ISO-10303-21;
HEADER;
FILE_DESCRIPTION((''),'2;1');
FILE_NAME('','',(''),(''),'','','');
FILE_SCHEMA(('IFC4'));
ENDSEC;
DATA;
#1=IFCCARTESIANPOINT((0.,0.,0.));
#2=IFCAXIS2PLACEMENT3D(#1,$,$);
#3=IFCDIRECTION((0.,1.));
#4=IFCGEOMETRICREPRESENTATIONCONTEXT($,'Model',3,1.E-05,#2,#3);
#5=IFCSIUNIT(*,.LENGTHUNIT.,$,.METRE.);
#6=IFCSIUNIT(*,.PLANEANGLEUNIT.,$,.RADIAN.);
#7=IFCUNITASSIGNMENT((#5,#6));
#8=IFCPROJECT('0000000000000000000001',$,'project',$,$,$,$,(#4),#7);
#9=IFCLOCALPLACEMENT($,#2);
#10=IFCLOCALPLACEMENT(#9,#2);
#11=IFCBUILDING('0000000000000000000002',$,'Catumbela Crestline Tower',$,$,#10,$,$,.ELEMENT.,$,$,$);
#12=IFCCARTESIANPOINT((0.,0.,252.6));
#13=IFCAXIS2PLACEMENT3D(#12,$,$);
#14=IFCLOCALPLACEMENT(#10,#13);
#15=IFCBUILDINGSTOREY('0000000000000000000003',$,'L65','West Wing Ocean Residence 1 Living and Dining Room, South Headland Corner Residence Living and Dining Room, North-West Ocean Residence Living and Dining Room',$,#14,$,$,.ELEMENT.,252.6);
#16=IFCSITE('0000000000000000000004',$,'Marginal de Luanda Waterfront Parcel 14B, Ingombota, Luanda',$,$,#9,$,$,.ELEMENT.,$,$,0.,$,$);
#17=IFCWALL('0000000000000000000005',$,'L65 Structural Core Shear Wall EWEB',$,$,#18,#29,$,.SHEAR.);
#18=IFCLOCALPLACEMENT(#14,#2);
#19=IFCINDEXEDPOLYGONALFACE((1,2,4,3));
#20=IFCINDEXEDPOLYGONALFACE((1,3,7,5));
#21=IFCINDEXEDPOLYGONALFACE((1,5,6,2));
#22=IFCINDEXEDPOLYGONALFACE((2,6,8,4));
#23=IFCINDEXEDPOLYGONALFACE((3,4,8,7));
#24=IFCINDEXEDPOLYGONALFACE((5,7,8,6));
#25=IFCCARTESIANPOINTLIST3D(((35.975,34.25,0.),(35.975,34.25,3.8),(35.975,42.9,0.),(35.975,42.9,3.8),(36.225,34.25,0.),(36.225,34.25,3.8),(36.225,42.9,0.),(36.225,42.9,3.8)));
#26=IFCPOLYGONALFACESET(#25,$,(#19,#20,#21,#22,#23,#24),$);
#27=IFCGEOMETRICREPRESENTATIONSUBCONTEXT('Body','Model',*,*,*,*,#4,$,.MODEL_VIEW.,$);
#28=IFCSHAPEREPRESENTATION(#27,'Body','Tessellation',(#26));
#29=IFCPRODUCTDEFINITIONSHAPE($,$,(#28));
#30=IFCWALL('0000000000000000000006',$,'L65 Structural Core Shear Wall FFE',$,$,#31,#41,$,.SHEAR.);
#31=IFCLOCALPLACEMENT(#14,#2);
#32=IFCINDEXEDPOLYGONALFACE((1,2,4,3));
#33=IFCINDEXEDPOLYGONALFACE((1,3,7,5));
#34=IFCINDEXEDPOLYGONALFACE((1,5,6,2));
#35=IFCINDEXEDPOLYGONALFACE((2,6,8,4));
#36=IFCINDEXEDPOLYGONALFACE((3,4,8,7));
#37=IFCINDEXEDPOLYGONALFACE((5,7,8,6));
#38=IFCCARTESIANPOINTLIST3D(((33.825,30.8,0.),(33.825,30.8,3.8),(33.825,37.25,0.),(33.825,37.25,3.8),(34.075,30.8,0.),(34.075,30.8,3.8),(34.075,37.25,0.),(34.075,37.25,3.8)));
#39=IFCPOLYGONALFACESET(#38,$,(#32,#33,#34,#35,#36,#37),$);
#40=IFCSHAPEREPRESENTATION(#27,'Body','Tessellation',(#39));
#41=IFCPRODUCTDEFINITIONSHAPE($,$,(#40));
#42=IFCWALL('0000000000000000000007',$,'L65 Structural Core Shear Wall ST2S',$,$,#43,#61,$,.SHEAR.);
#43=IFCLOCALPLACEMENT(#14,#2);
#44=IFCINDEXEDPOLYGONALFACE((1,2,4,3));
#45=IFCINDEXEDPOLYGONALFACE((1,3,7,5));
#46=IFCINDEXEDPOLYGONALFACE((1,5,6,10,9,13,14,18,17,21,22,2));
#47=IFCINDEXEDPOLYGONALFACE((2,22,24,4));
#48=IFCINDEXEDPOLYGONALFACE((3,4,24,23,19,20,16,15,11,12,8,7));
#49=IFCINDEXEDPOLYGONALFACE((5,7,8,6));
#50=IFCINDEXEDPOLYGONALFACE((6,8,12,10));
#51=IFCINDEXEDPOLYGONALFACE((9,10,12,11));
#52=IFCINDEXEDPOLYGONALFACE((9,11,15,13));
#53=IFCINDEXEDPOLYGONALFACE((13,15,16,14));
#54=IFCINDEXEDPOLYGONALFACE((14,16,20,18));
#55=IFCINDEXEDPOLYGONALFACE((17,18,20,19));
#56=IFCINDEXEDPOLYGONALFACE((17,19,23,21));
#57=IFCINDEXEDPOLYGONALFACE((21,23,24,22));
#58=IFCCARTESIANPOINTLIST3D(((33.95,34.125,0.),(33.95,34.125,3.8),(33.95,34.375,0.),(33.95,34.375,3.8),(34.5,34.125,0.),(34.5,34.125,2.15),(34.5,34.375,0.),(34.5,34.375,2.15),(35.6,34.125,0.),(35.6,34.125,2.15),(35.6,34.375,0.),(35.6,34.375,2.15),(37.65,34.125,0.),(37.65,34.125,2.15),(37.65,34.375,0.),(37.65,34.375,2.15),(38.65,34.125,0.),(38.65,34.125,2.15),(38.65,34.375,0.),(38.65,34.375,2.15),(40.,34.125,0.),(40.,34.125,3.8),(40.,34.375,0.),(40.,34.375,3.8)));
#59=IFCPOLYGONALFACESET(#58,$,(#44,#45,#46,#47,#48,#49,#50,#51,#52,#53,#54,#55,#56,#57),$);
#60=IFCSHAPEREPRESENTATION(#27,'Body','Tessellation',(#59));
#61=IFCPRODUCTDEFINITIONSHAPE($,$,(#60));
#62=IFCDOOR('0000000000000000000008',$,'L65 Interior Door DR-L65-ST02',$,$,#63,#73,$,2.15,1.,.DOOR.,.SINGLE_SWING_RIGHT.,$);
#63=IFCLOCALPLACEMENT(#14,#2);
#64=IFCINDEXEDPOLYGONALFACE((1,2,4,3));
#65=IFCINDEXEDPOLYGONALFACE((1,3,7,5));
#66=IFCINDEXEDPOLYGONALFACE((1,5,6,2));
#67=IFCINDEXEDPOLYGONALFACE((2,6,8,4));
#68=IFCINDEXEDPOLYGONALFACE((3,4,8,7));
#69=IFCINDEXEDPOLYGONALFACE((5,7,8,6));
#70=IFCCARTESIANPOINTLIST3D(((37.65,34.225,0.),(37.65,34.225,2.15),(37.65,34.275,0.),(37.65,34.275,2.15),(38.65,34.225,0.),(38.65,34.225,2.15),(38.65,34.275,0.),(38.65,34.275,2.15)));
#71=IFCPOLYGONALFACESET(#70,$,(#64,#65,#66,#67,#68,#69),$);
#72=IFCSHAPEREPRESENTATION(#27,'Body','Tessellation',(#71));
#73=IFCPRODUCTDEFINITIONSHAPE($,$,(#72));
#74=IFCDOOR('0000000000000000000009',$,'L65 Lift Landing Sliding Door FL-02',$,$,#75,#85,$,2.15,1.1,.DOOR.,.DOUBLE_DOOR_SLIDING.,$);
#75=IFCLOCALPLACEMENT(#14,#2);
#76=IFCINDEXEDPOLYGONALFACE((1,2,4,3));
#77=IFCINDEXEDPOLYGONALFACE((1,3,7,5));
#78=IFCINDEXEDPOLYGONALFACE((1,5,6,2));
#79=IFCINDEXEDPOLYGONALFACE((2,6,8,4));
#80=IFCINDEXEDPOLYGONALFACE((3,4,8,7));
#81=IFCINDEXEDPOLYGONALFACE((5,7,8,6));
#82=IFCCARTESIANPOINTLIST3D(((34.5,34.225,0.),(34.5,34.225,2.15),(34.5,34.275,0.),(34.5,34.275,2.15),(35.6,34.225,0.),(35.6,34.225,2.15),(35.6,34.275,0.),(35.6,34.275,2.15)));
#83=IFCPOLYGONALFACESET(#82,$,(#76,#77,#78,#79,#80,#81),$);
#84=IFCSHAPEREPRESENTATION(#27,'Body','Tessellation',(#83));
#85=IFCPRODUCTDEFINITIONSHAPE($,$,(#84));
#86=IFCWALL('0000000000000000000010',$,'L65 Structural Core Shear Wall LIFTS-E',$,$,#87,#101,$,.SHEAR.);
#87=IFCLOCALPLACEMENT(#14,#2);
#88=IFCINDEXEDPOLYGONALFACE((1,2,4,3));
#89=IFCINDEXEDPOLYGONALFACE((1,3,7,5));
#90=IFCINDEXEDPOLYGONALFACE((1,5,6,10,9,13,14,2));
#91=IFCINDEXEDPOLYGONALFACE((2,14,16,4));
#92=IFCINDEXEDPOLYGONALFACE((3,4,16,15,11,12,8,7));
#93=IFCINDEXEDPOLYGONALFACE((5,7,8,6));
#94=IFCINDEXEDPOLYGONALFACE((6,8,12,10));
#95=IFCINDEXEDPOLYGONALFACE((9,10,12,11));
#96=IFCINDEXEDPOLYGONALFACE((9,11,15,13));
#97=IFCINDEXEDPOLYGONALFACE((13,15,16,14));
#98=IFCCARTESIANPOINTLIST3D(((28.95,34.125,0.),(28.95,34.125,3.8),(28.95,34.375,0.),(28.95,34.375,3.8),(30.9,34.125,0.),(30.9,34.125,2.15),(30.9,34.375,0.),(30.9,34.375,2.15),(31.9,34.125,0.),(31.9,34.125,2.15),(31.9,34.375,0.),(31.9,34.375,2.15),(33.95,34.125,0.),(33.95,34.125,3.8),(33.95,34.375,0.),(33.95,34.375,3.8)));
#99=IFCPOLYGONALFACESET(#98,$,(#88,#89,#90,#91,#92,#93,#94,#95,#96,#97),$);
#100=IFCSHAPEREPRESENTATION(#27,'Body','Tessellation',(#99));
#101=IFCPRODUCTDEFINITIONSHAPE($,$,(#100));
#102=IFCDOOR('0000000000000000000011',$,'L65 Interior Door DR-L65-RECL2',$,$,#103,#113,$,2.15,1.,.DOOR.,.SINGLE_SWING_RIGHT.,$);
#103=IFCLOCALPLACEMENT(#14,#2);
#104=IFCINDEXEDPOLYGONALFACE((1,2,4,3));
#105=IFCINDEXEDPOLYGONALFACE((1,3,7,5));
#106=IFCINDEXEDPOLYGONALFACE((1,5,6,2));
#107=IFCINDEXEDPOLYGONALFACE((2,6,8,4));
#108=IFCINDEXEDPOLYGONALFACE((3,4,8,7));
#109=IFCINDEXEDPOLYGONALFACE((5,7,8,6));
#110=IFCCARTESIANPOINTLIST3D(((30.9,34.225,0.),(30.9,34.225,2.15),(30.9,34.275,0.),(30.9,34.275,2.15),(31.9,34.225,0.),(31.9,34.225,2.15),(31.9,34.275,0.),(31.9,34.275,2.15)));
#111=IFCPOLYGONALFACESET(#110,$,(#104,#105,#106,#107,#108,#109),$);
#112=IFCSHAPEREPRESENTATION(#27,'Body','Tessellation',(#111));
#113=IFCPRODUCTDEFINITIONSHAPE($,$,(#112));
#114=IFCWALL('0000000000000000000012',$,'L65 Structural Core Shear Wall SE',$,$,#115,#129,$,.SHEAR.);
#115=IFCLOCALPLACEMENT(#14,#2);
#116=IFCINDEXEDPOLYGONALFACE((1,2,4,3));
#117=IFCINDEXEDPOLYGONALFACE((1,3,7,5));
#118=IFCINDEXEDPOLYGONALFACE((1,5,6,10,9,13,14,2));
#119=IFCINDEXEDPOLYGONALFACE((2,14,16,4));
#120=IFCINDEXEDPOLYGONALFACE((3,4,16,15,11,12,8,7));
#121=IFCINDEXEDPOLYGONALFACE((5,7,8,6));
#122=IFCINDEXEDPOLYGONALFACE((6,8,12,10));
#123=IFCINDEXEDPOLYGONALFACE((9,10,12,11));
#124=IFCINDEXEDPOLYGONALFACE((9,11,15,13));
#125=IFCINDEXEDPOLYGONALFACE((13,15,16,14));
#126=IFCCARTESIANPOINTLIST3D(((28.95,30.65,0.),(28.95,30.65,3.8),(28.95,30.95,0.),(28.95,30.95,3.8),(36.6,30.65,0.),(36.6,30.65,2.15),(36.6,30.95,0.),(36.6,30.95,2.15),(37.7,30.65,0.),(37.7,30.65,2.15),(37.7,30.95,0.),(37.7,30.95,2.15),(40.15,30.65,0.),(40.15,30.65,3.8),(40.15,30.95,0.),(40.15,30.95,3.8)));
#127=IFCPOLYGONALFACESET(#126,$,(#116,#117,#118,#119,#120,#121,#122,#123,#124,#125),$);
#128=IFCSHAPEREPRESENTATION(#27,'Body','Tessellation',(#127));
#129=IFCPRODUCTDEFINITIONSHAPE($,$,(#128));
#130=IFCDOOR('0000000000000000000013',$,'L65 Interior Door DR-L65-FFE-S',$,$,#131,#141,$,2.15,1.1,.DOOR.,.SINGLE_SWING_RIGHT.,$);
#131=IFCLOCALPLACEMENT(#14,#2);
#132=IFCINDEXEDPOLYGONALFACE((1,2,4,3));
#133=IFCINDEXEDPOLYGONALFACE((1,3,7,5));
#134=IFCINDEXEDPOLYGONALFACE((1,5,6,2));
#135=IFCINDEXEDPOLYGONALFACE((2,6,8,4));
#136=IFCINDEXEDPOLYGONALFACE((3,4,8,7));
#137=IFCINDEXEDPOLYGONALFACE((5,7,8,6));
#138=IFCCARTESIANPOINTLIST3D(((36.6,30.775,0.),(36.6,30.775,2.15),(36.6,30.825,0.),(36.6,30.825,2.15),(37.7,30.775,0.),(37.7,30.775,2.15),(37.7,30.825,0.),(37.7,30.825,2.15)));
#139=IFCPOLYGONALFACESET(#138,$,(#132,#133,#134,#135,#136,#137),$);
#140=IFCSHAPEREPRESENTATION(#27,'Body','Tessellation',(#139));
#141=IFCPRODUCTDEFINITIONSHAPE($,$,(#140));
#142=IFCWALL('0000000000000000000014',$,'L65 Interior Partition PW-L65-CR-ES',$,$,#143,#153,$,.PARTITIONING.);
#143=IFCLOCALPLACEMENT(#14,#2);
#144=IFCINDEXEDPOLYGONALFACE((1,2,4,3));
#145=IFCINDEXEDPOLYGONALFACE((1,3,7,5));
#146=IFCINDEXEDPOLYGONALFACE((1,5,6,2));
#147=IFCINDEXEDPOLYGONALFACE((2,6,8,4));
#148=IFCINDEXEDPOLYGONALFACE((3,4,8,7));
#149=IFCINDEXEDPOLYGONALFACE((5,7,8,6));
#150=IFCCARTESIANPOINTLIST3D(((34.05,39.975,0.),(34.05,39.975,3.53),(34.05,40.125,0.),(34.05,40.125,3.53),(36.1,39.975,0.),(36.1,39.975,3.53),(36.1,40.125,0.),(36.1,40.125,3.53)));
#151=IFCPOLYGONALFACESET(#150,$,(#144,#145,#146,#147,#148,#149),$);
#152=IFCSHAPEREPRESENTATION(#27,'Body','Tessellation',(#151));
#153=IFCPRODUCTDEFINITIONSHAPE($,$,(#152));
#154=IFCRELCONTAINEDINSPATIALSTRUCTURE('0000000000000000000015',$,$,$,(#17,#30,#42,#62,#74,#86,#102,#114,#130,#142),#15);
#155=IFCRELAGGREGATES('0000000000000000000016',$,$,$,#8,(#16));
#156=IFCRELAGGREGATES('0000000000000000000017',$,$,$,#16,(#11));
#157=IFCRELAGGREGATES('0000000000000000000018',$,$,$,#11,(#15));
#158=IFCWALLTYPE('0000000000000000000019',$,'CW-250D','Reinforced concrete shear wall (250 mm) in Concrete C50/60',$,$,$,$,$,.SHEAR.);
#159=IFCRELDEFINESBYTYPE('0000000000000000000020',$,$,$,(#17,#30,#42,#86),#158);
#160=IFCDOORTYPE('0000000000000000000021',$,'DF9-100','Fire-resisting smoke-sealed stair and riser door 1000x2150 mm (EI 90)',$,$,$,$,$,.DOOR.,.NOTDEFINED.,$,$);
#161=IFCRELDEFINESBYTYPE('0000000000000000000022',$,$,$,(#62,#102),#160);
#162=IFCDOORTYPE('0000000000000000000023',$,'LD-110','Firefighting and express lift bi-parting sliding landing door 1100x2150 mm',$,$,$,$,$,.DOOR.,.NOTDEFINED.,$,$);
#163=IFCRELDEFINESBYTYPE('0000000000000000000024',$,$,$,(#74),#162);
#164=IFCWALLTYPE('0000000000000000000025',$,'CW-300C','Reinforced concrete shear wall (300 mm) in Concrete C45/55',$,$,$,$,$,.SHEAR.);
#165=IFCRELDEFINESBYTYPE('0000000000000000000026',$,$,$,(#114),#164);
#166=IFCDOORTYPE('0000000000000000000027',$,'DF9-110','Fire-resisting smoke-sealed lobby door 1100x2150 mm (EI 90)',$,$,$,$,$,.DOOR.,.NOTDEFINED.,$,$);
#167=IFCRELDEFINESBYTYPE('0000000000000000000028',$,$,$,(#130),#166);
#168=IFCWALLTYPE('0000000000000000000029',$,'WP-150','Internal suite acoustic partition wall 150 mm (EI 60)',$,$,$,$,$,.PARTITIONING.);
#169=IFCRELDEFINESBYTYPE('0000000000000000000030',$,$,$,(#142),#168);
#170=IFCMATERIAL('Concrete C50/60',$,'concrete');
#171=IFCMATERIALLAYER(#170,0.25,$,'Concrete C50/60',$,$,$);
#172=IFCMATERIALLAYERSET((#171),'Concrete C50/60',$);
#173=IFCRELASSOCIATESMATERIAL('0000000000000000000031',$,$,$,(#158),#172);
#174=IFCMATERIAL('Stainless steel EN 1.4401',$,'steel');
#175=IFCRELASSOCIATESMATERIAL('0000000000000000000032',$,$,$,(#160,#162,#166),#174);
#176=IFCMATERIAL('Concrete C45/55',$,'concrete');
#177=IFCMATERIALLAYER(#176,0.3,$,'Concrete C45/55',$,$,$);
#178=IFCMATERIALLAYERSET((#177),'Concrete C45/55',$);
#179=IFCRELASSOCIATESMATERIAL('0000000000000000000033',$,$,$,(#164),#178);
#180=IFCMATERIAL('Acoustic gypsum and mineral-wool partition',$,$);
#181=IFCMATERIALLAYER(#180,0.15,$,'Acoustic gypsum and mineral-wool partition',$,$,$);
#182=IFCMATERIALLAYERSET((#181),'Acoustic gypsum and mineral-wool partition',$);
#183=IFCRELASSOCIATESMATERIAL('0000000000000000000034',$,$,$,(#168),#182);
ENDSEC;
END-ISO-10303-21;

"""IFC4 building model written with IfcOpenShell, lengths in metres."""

from ifc_helpers import new_model, si_unit, direction, frame, frame_2d, origin, place, context, subcontext, project, spatial, rectangle, extrude, material, layer, layer_set, type_object, element, fill, save


model = new_model("IFC4")

# Units and contexts
model_context = context("Model", 3, precision=1e-05, world=origin(), true_north=direction((0.0, 1.0)))
body_context = subcontext(model_context, "Body", "Model", "MODEL_VIEW")
ifc_project = project(units=[si_unit("LENGTHUNIT", "METRE"), si_unit("PLANEANGLEUNIT", "RADIAN")], contexts=[model_context])

# Site, building, storey
site_placement = place(None, origin())
site = spatial("IfcSite", under=ifc_project, at=site_placement, Name="Marginal de Luanda Waterfront Parcel 14B, Ingombota, Luanda", CompositionType="ELEMENT", RefElevation=0.0)
building_placement = place(site_placement, origin())
building = spatial("IfcBuilding", under=site, at=building_placement, Name="Catumbela Crestline Tower", CompositionType="ELEMENT")
storey_placement = place(building_placement, frame((0.0, 0.0, 252.6)))
storey = spatial("IfcBuildingStorey", under=building, at=storey_placement, Name="L65", Description="West Wing Ocean Residence 1 Living and Dining Room, South Headland Corner Residence Living and Dining Room, North-West Ocean Residence Living and Dining Room", CompositionType="ELEMENT", Elevation=252.6)

# Walls
ifc_material_1 = material(Name="Concrete C50/60", Category="concrete")
ifc_layer_1 = layer(ifc_material_1, 0.25, Name="Concrete C50/60")
ifc_layer_set_1 = layer_set([ifc_layer_1], Name="Concrete C50/60")
wall_type_1 = type_object("IfcWallType", Name="CW-250D", Description="Reinforced concrete shear wall (250 mm) in Concrete C50/60", PredefinedType="SHEAR", material=ifc_layer_set_1)
wall_1_placement = place(storey_placement, frame((36.1, 34.25, 0.0), z_axis=(0.0, 0.0, 1.0), x_axis=(0.0, 1.0, 0.0)))
element("IfcWall", 1, at=wall_1_placement, inside=storey, type_object=wall_type_1, Name="L65 Structural Core Shear Wall EWEB", PredefinedType="SHEAR", context=body_context, shape_type="SweptSolid", body=[
    extrude(rectangle(XDim=8.65, YDim=0.25, at=frame_2d((4.325, 0.0))), origin(), (0.0, 0.0, 1.0), 3.8),
])
wall_2_placement = place(storey_placement, frame((33.95, 30.8, 0.0), z_axis=(0.0, 0.0, 1.0), x_axis=(0.0, 1.0, 0.0)))
element("IfcWall", 2, at=wall_2_placement, inside=storey, type_object=wall_type_1, Name="L65 Structural Core Shear Wall FFE", PredefinedType="SHEAR", context=body_context, shape_type="SweptSolid", body=[
    extrude(rectangle(XDim=6.45, YDim=0.25, at=frame_2d((3.225, 0.0))), origin(), (0.0, 0.0, 1.0), 3.8),
])

# Wall, openings, doors
wall_3_placement = place(storey_placement, frame((33.95, 34.25, 0.0), z_axis=(0.0, 0.0, 1.0), x_axis=(1.0, 0.0, 0.0)))
wall_3 = element("IfcWall", 3, at=wall_3_placement, inside=storey, type_object=wall_type_1, Name="L65 Structural Core Shear Wall ST2S", PredefinedType="SHEAR", context=body_context, shape_type="SweptSolid", body=[
    extrude(rectangle(XDim=6.05, YDim=0.25, at=frame_2d((3.025, 0.0))), origin(), (0.0, 0.0, 1.0), 3.8),
])
opening_1_placement = place(wall_3_placement, frame((3.7, 0.0, 0.0)))
opening_1 = element("IfcOpeningElement", 4, at=opening_1_placement, cuts=wall_3, PredefinedType="OPENING", context=body_context, shape_type="SweptSolid", body=[
    extrude(rectangle(XDim=1.0, YDim=2.15, at=frame_2d((0.5, 1.075))), frame((0.0, 0.135, 0.0), z_axis=(0.0, -1.0, 0.0), x_axis=(1.0, 0.0, 0.0)), (0.0, 0.0, 1.0), 0.27),
])
opening_2_placement = place(wall_3_placement, frame((0.55, 0.0, 0.0)))
opening_2 = element("IfcOpeningElement", 5, at=opening_2_placement, cuts=wall_3, PredefinedType="OPENING", context=body_context, shape_type="SweptSolid", body=[
    extrude(rectangle(XDim=1.1, YDim=2.15, at=frame_2d((0.55, 1.075))), frame((0.0, 0.135, 0.0), z_axis=(0.0, -1.0, 0.0), x_axis=(1.0, 0.0, 0.0)), (0.0, 0.0, 1.0), 0.27),
])
ifc_material_2 = material(Name="Stainless steel EN 1.4401", Category="steel")
door_type_1 = type_object("IfcDoorType", Name="DF9-100", Description="Fire-resisting smoke-sealed stair and riser door 1000x2150 mm (EI 90)", OperationType="NOTDEFINED", PredefinedType="DOOR", material=ifc_material_2)
door_1_placement = place(opening_1_placement, origin())
door_1 = element("IfcDoor", 6, at=door_1_placement, inside=storey, type_object=door_type_1, Name="L65 Interior Door DR-L65-ST02", OperationType="SINGLE_SWING_RIGHT", OverallHeight=2.15, OverallWidth=1.0, PredefinedType="DOOR", context=body_context, shape_type="SweptSolid", body=[
    extrude(rectangle(XDim=1.0, YDim=2.15, at=frame_2d((0.5, 1.075))), frame((0.0, 0.025, 0.0), z_axis=(0.0, -1.0, 0.0), x_axis=(1.0, 0.0, 0.0)), (0.0, 0.0, 1.0), 0.05),
])
fill(opening_1, door_1)
door_type_2 = type_object("IfcDoorType", Name="LD-110", Description="Firefighting and express lift bi-parting sliding landing door 1100x2150 mm", OperationType="NOTDEFINED", PredefinedType="DOOR", material=ifc_material_2)
door_2_placement = place(opening_2_placement, origin())
door_2 = element("IfcDoor", 7, at=door_2_placement, inside=storey, type_object=door_type_2, Name="L65 Lift Landing Sliding Door FL-02", OperationType="DOUBLE_DOOR_SLIDING", OverallHeight=2.15, OverallWidth=1.1, PredefinedType="DOOR", context=body_context, shape_type="SweptSolid", body=[
    extrude(rectangle(XDim=1.1, YDim=2.15, at=frame_2d((0.55, 1.075))), frame((0.0, 0.025, 0.0), z_axis=(0.0, -1.0, 0.0), x_axis=(1.0, 0.0, 0.0)), (0.0, 0.0, 1.0), 0.05),
])
fill(opening_2, door_2)

# Walls, openings, doors
wall_4_placement = place(storey_placement, frame((28.95, 34.25, 0.0), z_axis=(0.0, 0.0, 1.0), x_axis=(1.0, 0.0, 0.0)))
wall_4 = element("IfcWall", 8, at=wall_4_placement, inside=storey, type_object=wall_type_1, Name="L65 Structural Core Shear Wall LIFTS-E", PredefinedType="SHEAR", context=body_context, shape_type="SweptSolid", body=[
    extrude(rectangle(XDim=5.0, YDim=0.25, at=frame_2d((2.5, 0.0))), origin(), (0.0, 0.0, 1.0), 3.8),
])
opening_3_placement = place(wall_4_placement, frame((1.95, 0.0, 0.0)))
opening_3 = element("IfcOpeningElement", 9, at=opening_3_placement, cuts=wall_4, PredefinedType="OPENING", context=body_context, shape_type="SweptSolid", body=[
    extrude(rectangle(XDim=1.0, YDim=2.15, at=frame_2d((0.5, 1.075))), frame((0.0, 0.135, 0.0), z_axis=(0.0, -1.0, 0.0), x_axis=(1.0, 0.0, 0.0)), (0.0, 0.0, 1.0), 0.27),
])
door_3_placement = place(opening_3_placement, origin())
door_3 = element("IfcDoor", 10, at=door_3_placement, inside=storey, type_object=door_type_1, Name="L65 Interior Door DR-L65-RECL2", OperationType="SINGLE_SWING_RIGHT", OverallHeight=2.15, OverallWidth=1.0, PredefinedType="DOOR", context=body_context, shape_type="SweptSolid", body=[
    extrude(rectangle(XDim=1.0, YDim=2.15, at=frame_2d((0.5, 1.075))), frame((0.0, 0.025, 0.0), z_axis=(0.0, -1.0, 0.0), x_axis=(1.0, 0.0, 0.0)), (0.0, 0.0, 1.0), 0.05),
])
fill(opening_3, door_3)
ifc_material_3 = material(Name="Concrete C45/55", Category="concrete")
ifc_layer_2 = layer(ifc_material_3, 0.3, Name="Concrete C45/55")
ifc_layer_set_2 = layer_set([ifc_layer_2], Name="Concrete C45/55")
wall_type_2 = type_object("IfcWallType", Name="CW-300C", Description="Reinforced concrete shear wall (300 mm) in Concrete C45/55", PredefinedType="SHEAR", material=ifc_layer_set_2)
wall_5_placement = place(storey_placement, frame((28.95, 30.8, 0.0), z_axis=(0.0, 0.0, 1.0), x_axis=(1.0, 0.0, 0.0)))
wall_5 = element("IfcWall", 11, at=wall_5_placement, inside=storey, type_object=wall_type_2, Name="L65 Structural Core Shear Wall SE", PredefinedType="SHEAR", context=body_context, shape_type="SweptSolid", body=[
    extrude(rectangle(XDim=11.2, YDim=0.3, at=frame_2d((5.6, 0.0))), origin(), (0.0, 0.0, 1.0), 3.8),
])
opening_4_placement = place(wall_5_placement, frame((7.65, 0.0, 0.0)))
opening_4 = element("IfcOpeningElement", 12, at=opening_4_placement, cuts=wall_5, PredefinedType="OPENING", context=body_context, shape_type="SweptSolid", body=[
    extrude(rectangle(XDim=1.1, YDim=2.15, at=frame_2d((0.55, 1.075))), frame((0.0, 0.16, 0.0), z_axis=(0.0, -1.0, 0.0), x_axis=(1.0, 0.0, 0.0)), (0.0, 0.0, 1.0), 0.32),
])
door_type_3 = type_object("IfcDoorType", Name="DF9-110", Description="Fire-resisting smoke-sealed lobby door 1100x2150 mm (EI 90)", OperationType="NOTDEFINED", PredefinedType="DOOR", material=ifc_material_2)
door_4_placement = place(opening_4_placement, origin())
door_4 = element("IfcDoor", 13, at=door_4_placement, inside=storey, type_object=door_type_3, Name="L65 Interior Door DR-L65-FFE-S", OperationType="SINGLE_SWING_RIGHT", OverallHeight=2.15, OverallWidth=1.1, PredefinedType="DOOR", context=body_context, shape_type="SweptSolid", body=[
    extrude(rectangle(XDim=1.1, YDim=2.15, at=frame_2d((0.55, 1.075))), frame((0.0, 0.025, 0.0), z_axis=(0.0, -1.0, 0.0), x_axis=(1.0, 0.0, 0.0)), (0.0, 0.0, 1.0), 0.05),
])
fill(opening_4, door_4)

# Wall
ifc_material_4 = material(Name="Acoustic gypsum and mineral-wool partition")
ifc_layer_3 = layer(ifc_material_4, 0.15, Name="Acoustic gypsum and mineral-wool partition")
ifc_layer_set_3 = layer_set([ifc_layer_3], Name="Acoustic gypsum and mineral-wool partition")
wall_type_3 = type_object("IfcWallType", Name="WP-150", Description="Internal suite acoustic partition wall 150 mm (EI 60)", PredefinedType="PARTITIONING", material=ifc_layer_set_3)
wall_6_placement = place(storey_placement, frame((34.05, 40.05, 0.0), z_axis=(0.0, 0.0, 1.0), x_axis=(1.0, 0.0, 0.0)))
element("IfcWall", 14, at=wall_6_placement, inside=storey, type_object=wall_type_3, Name="L65 Interior Partition PW-L65-CR-ES", PredefinedType="PARTITIONING", context=body_context, shape_type="SweptSolid", body=[
    extrude(rectangle(XDim=2.05, YDim=0.15, at=frame_2d((1.025, 0.0))), origin(), (0.0, 0.0, 1.0), 3.53),
])

save(model, "model.ifc")
